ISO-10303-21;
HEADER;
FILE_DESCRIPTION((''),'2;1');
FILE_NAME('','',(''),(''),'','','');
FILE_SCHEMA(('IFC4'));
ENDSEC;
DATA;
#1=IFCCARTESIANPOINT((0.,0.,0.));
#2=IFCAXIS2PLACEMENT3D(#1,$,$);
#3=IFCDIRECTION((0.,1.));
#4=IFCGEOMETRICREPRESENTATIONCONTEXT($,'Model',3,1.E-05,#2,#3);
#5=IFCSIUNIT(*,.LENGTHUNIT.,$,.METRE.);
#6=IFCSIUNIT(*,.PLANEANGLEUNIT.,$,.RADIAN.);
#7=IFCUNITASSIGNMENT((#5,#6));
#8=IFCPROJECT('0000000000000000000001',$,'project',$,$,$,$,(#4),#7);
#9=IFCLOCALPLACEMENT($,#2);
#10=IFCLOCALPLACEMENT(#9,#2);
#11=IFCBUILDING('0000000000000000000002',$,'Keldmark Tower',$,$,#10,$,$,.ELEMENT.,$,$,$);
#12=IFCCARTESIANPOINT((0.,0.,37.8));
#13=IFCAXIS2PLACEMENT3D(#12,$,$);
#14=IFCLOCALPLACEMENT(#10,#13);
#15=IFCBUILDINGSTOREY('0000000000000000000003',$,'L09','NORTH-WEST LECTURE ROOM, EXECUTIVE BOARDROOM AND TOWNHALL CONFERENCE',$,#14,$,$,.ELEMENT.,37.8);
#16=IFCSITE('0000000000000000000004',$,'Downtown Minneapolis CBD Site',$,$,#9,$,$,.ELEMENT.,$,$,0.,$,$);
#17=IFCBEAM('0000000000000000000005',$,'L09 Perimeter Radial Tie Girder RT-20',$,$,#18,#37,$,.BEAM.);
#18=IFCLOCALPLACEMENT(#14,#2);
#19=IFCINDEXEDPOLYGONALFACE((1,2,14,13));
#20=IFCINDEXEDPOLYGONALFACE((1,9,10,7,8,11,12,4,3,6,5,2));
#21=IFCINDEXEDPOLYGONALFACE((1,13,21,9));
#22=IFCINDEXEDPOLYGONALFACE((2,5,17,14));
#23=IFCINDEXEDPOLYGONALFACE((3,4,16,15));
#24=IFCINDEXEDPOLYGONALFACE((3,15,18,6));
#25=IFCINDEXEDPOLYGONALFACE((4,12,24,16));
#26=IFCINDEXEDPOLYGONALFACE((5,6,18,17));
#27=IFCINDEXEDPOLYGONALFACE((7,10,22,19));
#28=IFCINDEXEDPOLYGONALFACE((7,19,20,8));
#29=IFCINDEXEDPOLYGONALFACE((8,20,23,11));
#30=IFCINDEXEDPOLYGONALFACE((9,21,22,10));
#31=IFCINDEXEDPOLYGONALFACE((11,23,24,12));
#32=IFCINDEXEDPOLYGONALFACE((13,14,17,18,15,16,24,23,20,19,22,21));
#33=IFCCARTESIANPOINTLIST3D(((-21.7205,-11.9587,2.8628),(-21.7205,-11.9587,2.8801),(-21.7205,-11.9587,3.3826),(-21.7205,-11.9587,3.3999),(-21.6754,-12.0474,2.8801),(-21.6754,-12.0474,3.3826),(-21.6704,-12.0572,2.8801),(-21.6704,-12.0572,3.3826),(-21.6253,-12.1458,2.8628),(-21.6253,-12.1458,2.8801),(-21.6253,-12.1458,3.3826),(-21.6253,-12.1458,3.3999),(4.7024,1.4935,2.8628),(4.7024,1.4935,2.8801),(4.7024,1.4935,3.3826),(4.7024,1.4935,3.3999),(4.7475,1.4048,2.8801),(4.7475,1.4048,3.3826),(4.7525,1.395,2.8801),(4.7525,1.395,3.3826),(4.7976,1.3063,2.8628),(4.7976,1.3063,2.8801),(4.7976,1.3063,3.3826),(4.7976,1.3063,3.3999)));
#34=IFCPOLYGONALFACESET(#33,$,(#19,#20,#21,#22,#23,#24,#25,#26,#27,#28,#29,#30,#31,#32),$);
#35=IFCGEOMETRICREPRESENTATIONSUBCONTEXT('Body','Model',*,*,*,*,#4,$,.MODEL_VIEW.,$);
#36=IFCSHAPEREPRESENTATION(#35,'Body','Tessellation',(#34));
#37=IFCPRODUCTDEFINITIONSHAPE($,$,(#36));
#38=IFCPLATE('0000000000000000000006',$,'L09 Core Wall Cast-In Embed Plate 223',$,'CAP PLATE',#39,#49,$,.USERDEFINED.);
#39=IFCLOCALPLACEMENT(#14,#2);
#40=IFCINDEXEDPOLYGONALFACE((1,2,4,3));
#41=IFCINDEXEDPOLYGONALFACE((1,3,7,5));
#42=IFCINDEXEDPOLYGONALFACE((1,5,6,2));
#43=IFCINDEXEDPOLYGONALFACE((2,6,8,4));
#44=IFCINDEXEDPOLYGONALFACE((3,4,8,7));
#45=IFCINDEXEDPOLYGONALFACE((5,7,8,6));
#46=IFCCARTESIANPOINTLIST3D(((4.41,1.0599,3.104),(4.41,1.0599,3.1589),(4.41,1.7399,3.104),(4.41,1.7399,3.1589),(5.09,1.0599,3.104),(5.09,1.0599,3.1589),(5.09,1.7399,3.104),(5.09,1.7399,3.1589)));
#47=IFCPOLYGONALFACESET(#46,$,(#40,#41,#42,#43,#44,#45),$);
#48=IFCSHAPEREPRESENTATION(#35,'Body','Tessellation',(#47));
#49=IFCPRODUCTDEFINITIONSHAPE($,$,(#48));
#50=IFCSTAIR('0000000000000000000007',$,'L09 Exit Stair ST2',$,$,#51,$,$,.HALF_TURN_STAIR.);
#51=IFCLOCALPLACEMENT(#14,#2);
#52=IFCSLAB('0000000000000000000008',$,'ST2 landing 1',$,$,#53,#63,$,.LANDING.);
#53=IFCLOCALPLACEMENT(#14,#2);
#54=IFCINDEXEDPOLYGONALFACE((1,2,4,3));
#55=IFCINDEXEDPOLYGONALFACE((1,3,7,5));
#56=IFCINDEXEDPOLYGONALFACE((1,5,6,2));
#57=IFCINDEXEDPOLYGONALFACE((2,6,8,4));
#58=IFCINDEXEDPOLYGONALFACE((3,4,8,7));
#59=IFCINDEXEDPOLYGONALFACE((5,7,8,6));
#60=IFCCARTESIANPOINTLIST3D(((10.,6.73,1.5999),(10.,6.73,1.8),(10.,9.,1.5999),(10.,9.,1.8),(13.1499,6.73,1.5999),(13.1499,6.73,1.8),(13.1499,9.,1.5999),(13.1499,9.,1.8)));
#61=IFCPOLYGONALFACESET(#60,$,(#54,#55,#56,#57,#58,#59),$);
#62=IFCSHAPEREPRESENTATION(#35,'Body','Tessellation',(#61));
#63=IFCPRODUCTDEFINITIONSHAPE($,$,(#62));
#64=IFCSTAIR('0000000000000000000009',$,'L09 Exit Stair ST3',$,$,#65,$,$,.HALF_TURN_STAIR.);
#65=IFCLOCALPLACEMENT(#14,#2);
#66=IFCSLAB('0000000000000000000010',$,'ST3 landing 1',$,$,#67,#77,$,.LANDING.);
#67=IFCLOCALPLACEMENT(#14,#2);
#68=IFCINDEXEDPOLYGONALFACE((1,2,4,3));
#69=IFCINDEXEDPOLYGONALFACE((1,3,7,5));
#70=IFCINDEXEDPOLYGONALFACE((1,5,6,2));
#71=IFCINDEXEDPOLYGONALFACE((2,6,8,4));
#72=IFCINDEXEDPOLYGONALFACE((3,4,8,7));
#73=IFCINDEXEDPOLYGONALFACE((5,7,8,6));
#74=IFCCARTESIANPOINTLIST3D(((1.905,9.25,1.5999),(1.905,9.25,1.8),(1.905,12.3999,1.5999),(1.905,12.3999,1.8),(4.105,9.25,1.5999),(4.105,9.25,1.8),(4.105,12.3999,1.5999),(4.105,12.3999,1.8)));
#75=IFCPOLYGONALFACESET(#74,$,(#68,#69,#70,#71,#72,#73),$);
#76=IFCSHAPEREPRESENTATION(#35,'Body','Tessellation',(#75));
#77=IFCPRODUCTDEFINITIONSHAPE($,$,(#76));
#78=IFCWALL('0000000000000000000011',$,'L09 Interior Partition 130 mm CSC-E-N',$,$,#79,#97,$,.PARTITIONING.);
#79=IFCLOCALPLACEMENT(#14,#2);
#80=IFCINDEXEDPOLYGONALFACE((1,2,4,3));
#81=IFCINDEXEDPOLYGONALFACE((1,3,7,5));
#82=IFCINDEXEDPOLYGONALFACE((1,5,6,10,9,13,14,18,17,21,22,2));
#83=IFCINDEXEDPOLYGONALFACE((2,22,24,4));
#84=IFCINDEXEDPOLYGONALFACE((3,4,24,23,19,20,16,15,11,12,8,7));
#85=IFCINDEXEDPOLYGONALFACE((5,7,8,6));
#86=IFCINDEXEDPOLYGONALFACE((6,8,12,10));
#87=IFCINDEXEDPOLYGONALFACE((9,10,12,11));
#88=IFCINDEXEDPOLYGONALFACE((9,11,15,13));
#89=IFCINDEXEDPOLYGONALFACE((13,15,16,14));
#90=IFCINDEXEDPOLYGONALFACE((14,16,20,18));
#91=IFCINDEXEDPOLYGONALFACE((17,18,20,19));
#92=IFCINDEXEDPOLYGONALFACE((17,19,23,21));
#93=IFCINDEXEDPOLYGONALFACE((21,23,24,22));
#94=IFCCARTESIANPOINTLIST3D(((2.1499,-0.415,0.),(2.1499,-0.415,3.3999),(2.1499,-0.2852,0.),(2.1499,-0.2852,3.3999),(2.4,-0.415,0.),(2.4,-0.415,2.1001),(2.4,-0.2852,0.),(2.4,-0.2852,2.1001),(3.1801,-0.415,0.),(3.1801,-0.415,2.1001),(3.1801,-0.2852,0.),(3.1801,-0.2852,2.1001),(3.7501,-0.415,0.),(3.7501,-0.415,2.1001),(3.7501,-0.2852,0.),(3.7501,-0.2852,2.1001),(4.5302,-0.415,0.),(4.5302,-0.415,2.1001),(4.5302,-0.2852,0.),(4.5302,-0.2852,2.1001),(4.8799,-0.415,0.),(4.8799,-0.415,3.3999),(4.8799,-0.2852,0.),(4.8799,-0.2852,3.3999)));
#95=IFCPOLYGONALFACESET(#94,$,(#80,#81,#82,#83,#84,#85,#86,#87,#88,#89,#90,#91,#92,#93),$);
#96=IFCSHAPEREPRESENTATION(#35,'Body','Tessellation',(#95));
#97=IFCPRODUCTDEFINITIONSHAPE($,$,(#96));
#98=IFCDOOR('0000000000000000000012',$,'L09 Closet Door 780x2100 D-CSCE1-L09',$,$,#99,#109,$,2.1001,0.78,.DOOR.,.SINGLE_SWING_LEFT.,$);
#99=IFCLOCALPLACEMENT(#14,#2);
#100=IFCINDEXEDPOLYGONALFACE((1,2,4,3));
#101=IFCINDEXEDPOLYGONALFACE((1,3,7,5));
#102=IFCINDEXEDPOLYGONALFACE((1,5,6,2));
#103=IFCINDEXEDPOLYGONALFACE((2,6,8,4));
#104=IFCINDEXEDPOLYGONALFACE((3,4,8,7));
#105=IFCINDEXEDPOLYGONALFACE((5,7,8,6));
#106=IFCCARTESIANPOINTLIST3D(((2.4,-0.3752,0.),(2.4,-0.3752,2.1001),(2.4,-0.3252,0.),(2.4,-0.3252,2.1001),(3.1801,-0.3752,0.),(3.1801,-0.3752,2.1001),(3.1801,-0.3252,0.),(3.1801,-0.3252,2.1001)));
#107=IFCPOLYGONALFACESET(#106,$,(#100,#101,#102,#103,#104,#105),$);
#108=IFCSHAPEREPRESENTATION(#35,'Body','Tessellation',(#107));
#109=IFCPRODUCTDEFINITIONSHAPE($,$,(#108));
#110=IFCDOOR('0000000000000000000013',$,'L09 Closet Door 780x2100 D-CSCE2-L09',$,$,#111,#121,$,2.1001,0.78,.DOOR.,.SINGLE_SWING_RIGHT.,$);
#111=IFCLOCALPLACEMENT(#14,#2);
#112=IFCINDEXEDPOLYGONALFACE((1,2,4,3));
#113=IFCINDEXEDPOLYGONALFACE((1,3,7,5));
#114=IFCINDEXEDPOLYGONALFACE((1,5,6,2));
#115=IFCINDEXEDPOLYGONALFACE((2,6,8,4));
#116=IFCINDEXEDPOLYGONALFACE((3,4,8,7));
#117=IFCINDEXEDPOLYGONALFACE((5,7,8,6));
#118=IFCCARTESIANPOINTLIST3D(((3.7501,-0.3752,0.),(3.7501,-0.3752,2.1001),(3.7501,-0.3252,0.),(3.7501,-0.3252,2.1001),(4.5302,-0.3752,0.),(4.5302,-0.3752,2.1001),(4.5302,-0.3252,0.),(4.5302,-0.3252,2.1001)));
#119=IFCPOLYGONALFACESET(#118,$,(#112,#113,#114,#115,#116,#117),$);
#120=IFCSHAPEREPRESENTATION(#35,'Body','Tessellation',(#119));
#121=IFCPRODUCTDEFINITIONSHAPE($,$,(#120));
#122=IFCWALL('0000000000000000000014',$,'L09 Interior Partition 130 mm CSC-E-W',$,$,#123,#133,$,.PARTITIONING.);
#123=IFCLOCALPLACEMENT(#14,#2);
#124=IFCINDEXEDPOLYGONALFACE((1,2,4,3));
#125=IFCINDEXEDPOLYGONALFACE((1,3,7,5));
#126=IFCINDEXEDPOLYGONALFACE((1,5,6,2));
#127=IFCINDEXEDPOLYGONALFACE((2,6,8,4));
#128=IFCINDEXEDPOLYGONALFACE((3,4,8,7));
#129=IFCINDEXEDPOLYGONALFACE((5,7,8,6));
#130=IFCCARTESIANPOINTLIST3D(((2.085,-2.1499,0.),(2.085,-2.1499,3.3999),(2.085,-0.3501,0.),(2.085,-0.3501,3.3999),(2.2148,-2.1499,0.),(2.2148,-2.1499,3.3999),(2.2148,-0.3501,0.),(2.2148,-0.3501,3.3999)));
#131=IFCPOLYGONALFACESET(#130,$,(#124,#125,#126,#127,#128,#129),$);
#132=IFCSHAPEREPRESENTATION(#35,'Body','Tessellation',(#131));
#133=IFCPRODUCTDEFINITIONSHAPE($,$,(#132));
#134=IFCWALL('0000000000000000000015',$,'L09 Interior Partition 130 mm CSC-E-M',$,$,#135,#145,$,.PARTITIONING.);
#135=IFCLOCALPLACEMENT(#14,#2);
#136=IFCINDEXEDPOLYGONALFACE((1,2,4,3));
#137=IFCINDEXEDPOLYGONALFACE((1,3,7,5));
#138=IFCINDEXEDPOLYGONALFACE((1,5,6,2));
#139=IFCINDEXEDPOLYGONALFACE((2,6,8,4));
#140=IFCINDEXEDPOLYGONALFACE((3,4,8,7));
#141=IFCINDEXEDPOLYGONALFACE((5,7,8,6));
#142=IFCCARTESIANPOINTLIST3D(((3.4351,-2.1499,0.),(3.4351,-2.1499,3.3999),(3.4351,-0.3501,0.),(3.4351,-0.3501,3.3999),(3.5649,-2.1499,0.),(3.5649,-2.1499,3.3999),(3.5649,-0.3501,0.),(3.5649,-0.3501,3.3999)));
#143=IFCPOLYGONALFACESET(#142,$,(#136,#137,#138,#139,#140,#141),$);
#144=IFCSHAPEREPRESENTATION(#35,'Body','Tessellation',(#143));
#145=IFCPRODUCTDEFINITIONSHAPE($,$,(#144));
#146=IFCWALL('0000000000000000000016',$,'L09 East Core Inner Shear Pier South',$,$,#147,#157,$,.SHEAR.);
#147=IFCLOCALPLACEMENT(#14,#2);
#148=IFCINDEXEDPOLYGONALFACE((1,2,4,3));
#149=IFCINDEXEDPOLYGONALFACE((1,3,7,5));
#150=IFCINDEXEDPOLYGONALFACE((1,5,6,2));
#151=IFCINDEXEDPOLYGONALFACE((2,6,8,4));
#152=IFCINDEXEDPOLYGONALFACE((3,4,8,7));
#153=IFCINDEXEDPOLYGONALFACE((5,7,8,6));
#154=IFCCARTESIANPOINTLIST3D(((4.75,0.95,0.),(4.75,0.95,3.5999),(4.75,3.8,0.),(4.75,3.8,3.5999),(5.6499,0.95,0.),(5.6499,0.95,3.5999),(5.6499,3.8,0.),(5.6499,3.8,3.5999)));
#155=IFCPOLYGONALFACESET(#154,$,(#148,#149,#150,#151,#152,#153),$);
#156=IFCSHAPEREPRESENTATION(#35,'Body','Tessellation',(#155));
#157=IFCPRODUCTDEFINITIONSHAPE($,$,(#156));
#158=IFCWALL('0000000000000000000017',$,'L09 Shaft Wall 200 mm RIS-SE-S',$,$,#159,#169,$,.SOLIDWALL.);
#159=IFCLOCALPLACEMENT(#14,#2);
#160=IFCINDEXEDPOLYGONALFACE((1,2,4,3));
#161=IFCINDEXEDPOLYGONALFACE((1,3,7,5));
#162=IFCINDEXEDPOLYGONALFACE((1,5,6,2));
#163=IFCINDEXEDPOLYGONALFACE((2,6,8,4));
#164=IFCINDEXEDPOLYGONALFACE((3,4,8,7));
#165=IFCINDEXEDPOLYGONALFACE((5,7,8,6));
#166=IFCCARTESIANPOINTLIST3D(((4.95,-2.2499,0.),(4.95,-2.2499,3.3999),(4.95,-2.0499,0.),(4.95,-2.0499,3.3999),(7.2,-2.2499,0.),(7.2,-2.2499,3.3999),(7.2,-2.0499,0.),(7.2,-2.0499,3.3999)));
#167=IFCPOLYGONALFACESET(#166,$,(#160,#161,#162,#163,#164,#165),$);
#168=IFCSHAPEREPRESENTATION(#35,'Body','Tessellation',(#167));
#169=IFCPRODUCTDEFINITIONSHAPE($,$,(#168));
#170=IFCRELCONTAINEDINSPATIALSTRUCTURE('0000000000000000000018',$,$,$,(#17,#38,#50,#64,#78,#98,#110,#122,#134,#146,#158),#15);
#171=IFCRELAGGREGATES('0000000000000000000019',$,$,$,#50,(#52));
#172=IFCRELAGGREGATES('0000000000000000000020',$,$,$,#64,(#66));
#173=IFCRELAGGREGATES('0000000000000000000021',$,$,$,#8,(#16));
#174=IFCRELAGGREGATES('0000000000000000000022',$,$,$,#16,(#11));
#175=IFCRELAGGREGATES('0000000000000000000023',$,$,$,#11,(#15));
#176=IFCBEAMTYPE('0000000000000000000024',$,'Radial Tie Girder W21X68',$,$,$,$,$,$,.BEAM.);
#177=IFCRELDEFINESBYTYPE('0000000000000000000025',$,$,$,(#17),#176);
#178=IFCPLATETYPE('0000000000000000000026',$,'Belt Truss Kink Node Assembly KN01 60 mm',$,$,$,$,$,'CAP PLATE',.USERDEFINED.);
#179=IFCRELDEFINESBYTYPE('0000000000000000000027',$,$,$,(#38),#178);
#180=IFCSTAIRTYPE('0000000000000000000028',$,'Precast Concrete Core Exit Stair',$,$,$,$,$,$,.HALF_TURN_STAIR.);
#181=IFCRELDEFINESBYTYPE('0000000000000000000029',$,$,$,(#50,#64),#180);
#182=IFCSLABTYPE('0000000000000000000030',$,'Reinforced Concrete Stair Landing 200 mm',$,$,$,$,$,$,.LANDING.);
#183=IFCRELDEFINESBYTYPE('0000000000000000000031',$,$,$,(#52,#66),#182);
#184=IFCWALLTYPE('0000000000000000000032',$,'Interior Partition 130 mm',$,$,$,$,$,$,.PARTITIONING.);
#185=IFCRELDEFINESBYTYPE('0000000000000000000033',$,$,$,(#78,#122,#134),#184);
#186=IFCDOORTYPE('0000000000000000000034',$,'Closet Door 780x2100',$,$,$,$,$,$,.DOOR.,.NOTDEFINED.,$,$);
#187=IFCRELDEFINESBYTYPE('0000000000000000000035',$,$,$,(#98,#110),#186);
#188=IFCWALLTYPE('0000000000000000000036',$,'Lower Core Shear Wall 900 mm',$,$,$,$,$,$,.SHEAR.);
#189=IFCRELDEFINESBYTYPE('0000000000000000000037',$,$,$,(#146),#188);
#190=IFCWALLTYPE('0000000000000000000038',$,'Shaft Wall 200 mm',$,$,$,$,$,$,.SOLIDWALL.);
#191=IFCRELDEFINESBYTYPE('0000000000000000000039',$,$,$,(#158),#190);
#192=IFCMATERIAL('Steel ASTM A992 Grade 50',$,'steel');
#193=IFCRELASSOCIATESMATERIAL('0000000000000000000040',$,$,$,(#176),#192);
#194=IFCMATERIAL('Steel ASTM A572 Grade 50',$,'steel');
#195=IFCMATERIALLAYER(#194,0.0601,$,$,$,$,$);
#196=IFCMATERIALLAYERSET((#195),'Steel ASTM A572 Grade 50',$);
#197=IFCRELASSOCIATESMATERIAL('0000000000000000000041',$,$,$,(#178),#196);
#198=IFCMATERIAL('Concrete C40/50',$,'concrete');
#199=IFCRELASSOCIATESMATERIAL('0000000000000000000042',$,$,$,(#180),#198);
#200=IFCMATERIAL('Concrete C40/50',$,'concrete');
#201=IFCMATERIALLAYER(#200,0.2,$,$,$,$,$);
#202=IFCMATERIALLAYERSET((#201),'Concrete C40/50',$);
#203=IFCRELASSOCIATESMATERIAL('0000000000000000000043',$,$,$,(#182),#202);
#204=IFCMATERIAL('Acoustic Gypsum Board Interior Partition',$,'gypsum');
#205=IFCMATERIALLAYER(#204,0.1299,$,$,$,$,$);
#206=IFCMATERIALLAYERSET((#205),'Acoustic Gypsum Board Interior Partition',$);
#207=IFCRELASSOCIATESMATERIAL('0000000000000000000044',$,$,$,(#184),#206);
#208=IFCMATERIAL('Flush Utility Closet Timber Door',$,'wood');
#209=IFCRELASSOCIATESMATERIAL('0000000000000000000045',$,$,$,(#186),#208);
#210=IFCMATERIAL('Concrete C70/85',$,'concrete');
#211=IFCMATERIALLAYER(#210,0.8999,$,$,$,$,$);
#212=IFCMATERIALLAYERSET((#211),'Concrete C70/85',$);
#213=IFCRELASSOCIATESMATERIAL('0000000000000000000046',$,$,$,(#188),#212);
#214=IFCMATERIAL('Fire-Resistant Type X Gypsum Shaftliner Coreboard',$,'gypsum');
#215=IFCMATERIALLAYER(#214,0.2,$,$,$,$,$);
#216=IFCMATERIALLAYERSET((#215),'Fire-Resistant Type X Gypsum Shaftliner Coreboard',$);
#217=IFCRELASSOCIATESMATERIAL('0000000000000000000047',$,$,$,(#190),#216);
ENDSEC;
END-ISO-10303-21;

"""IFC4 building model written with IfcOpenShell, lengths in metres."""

from ifc_helpers import new_model, si_unit, direction, frame, frame_2d, origin, origin_2d, place, context, subcontext, project, spatial, polyline, rectangle, i_section, outline, extrude, material, layer, layer_set, material_profile, profile_set, type_object, element, fill, aggregate, save


model = new_model("IFC4")

# Units and contexts
model_context = context("Model", 3, precision=1e-05, world=origin(), true_north=direction((0.0, 1.0)))
body_context = subcontext(model_context, "Body", "Model", "MODEL_VIEW")
ifc_project = project(units=[si_unit("LENGTHUNIT", "METRE"), si_unit("PLANEANGLEUNIT", "RADIAN")], contexts=[model_context])

# Site, building, storey
site_placement = place(None, origin())
site = spatial("IfcSite", under=ifc_project, at=site_placement, Name="Downtown Minneapolis CBD Site", CompositionType="ELEMENT", RefElevation=0.0)
building_placement = place(site_placement, origin())
building = spatial("IfcBuilding", under=site, at=building_placement, Name="Keldmark Tower", CompositionType="ELEMENT")
storey_placement = place(building_placement, frame((0.0, 0.0, 37.8)))
storey = spatial("IfcBuildingStorey", under=building, at=storey_placement, Name="L09", Description="NORTH-WEST LECTURE ROOM, EXECUTIVE BOARDROOM AND TOWNHALL CONFERENCE", CompositionType="ELEMENT", Elevation=37.8)

# Beam
ifc_material_1 = material(Name="Steel ASTM A992 Grade 50", Category="steel")
ifc_material_profile = material_profile(ifc_material_1, i_section(OverallWidth=0.21, OverallDepth=0.5371, WebThickness=0.011, FlangeThickness=0.0173, at=origin_2d()), Name="W21X68")
ifc_profile_set = profile_set([ifc_material_profile], Name="Steel ASTM A992 Grade 50")
beam_type = type_object("IfcBeamType", Name="Radial Tie Girder W21X68", PredefinedType="BEAM", material=ifc_profile_set)
beam_placement = place(storey_placement, frame((4.75, 1.3999, 3.1313), z_axis=(-0.891156, -0.453697, 0.0), x_axis=(0.453697, -0.891156, 0.0)))
element("IfcBeam", 1, at=beam_placement, inside=storey, type_object=beam_type, Name="L09 Perimeter Radial Tie Girder RT-20", PredefinedType="BEAM", context=body_context, shape_type="SweptSolid", body=[
    extrude(i_section(OverallWidth=0.21, OverallDepth=0.5371, WebThickness=0.011, FlangeThickness=0.0173, at=origin_2d()), origin(), (0.0, 0.0, 1.0), 29.6501),
])

# Plate
ifc_material_2 = material(Name="Steel ASTM A572 Grade 50", Category="steel")
ifc_layer_1 = layer(ifc_material_2, 0.0601)
ifc_layer_set_1 = layer_set([ifc_layer_1], Name="Steel ASTM A572 Grade 50")
plate_type = type_object("IfcPlateType", Name="Belt Truss Kink Node Assembly KN01 60 mm", ElementType="CAP PLATE", PredefinedType="USERDEFINED", material=ifc_layer_set_1)
plate_placement = place(storey_placement, frame((4.75, 1.3999, 3.104), z_axis=(0.0, 0.0, 1.0), x_axis=(1.0, 0.0, 0.0)))
element("IfcPlate", 2, at=plate_placement, inside=storey, type_object=plate_type, Name="L09 Core Wall Cast-In Embed Plate 223", ObjectType="CAP PLATE", PredefinedType="USERDEFINED", context=body_context, shape_type="SweptSolid", body=[
    extrude(rectangle(XDim=0.6799, YDim=0.6799, at=origin_2d()), origin(), (0.0, 0.0, 1.0), 0.0549),
])

# Stairs, slabs
ifc_material_3 = material(Name="Concrete C40/50", Category="concrete")
stair_type = type_object("IfcStairType", Name="Precast Concrete Core Exit Stair", PredefinedType="HALF_TURN_STAIR", material=ifc_material_3)
stair_1_placement = place(storey_placement, origin())
stair_1 = element("IfcStair", 3, at=stair_1_placement, inside=storey, type_object=stair_type, Name="L09 Exit Stair ST2", PredefinedType="HALF_TURN_STAIR")
ifc_material_4 = material(Name="Concrete C40/50", Category="concrete")
ifc_layer_2 = layer(ifc_material_4, 0.2)
ifc_layer_set_2 = layer_set([ifc_layer_2], Name="Concrete C40/50")
slab_type = type_object("IfcSlabType", Name="Reinforced Concrete Stair Landing 200 mm", PredefinedType="LANDING", material=ifc_layer_set_2)
slab_1_placement = place(storey_placement, frame((0.0, 0.0, 1.5999)))
slab_1 = element("IfcSlab", 4, at=slab_1_placement, type_object=slab_type, Name="ST2 landing 1", PredefinedType="LANDING", context=body_context, shape_type="SweptSolid", body=[
    extrude(outline(polyline([(13.1499, 6.73), (13.1499, 9.0), (10.0, 9.0), (10.0, 6.73), (13.1499, 6.73)])), origin(), (0.0, 0.0, 1.0), 0.2002),
])
aggregate(stair_1, [slab_1])
stair_2_placement = place(storey_placement, origin())
stair_2 = element("IfcStair", 5, at=stair_2_placement, inside=storey, type_object=stair_type, Name="L09 Exit Stair ST3", PredefinedType="HALF_TURN_STAIR")
slab_2_placement = place(storey_placement, frame((0.0, 0.0, 1.5999)))
slab_2 = element("IfcSlab", 6, at=slab_2_placement, type_object=slab_type, Name="ST3 landing 1", PredefinedType="LANDING", context=body_context, shape_type="SweptSolid", body=[
    extrude(outline(polyline([(1.905, 9.25), (4.105, 9.25), (4.105, 12.3999), (1.905, 12.3999), (1.905, 9.25)])), origin(), (0.0, 0.0, 1.0), 0.2002),
])
aggregate(stair_2, [slab_2])

# Wall, openings, doors
ifc_material_5 = material(Name="Acoustic Gypsum Board Interior Partition", Category="gypsum")
ifc_layer_3 = layer(ifc_material_5, 0.1299)
ifc_layer_set_3 = layer_set([ifc_layer_3], Name="Acoustic Gypsum Board Interior Partition")
wall_type_1 = type_object("IfcWallType", Name="Interior Partition 130 mm", PredefinedType="PARTITIONING", material=ifc_layer_set_3)
wall_1_placement = place(storey_placement, frame((2.1499, -0.3501, 0.0), z_axis=(0.0, 0.0, 1.0), x_axis=(1.0, 0.0, 0.0)))
wall_1 = element("IfcWall", 7, at=wall_1_placement, inside=storey, type_object=wall_type_1, Name="L09 Interior Partition 130 mm CSC-E-N", PredefinedType="PARTITIONING", context=body_context, shape_type="SweptSolid", body=[
    extrude(rectangle(XDim=2.73, YDim=0.1299, at=frame_2d((1.365, 0.0))), origin(), (0.0, 0.0, 1.0), 3.3999),
])
opening_1_placement = place(wall_1_placement, frame((0.25, 0.0, 0.0)))
opening_1 = element("IfcOpeningElement", 8, at=opening_1_placement, cuts=wall_1, PredefinedType="OPENING", context=body_context, shape_type="SweptSolid", body=[
    extrude(rectangle(XDim=0.78, YDim=2.1001, at=frame_2d((0.3901, 1.05))), frame((0.0, 0.075, 0.0), z_axis=(0.0, -1.0, 0.0), x_axis=(1.0, 0.0, 0.0)), (0.0, 0.0, 1.0), 0.1499),
])
opening_2_placement = place(wall_1_placement, frame((1.6001, 0.0, 0.0)))
opening_2 = element("IfcOpeningElement", 9, at=opening_2_placement, cuts=wall_1, PredefinedType="OPENING", context=body_context, shape_type="SweptSolid", body=[
    extrude(rectangle(XDim=0.78, YDim=2.1001, at=frame_2d((0.3901, 1.05))), frame((0.0, 0.075, 0.0), z_axis=(0.0, -1.0, 0.0), x_axis=(1.0, 0.0, 0.0)), (0.0, 0.0, 1.0), 0.1499),
])
ifc_material_6 = material(Name="Flush Utility Closet Timber Door", Category="wood")
door_type_1 = type_object("IfcDoorType", Name="Closet Door 780x2100", OperationType="NOTDEFINED", PredefinedType="DOOR", material=ifc_material_6)
door_1_placement = place(opening_1_placement, origin())
door_1 = element("IfcDoor", 10, at=door_1_placement, inside=storey, type_object=door_type_1, Name="L09 Closet Door 780x2100 D-CSCE1-L09", OperationType="SINGLE_SWING_LEFT", OverallHeight=2.1001, OverallWidth=0.78, PredefinedType="DOOR", context=body_context, shape_type="SweptSolid", body=[
    extrude(rectangle(XDim=0.78, YDim=2.1001, at=frame_2d((0.3901, 1.05))), frame((0.0, 0.0249, 0.0), z_axis=(0.0, -1.0, 0.0), x_axis=(1.0, 0.0, 0.0)), (0.0, 0.0, 1.0), 0.05),
])
fill(opening_1, door_1)
door_2_placement = place(opening_2_placement, origin())
door_2 = element("IfcDoor", 11, at=door_2_placement, inside=storey, type_object=door_type_1, Name="L09 Closet Door 780x2100 D-CSCE2-L09", OperationType="SINGLE_SWING_RIGHT", OverallHeight=2.1001, OverallWidth=0.78, PredefinedType="DOOR", context=body_context, shape_type="SweptSolid", body=[
    extrude(rectangle(XDim=0.78, YDim=2.1001, at=frame_2d((0.3901, 1.05))), frame((0.0, 0.0249, 0.0), z_axis=(0.0, -1.0, 0.0), x_axis=(1.0, 0.0, 0.0)), (0.0, 0.0, 1.0), 0.05),
])
fill(opening_2, door_2)

# Walls
for number, where, z_axis, x_axis, name in (
    (12, (2.1499, -2.1499, 0.0), (0.0, 0.0, 1.0), (0.0, 1.0, 0.0), "L09 Interior Partition 130 mm CSC-E-W"),
    (13, (3.5, -2.1499, 0.0), (0.0, 0.0, 1.0), (0.0, 1.0, 0.0), "L09 Interior Partition 130 mm CSC-E-M"),
):
    element("IfcWall", number, at=place(storey_placement, frame(where, z_axis=z_axis, x_axis=x_axis)), inside=storey, type_object=wall_type_1, Name=name, PredefinedType="PARTITIONING", context=body_context, shape_type="SweptSolid", body=[
        extrude(rectangle(XDim=1.7998, YDim=0.1299, at=frame_2d((0.8999, 0.0))), origin(), (0.0, 0.0, 1.0), 3.3999),
    ])
ifc_material_7 = material(Name="Concrete C70/85", Category="concrete")
ifc_layer_4 = layer(ifc_material_7, 0.8999)
ifc_layer_set_4 = layer_set([ifc_layer_4], Name="Concrete C70/85")
wall_type_2 = type_object("IfcWallType", Name="Lower Core Shear Wall 900 mm", PredefinedType="SHEAR", material=ifc_layer_set_4)
wall_2_placement = place(storey_placement, frame((5.2, 0.95, 0.0), z_axis=(0.0, 0.0, 1.0), x_axis=(0.0, 1.0, 0.0)))
element("IfcWall", 14, at=wall_2_placement, inside=storey, type_object=wall_type_2, Name="L09 East Core Inner Shear Pier South", PredefinedType="SHEAR", context=body_context, shape_type="SweptSolid", body=[
    extrude(rectangle(XDim=2.8501, YDim=0.8999, at=frame_2d((1.425, 0.0))), origin(), (0.0, 0.0, 1.0), 3.5999),
])
ifc_material_8 = material(Name="Fire-Resistant Type X Gypsum Shaftliner Coreboard", Category="gypsum")
ifc_layer_5 = layer(ifc_material_8, 0.2)
ifc_layer_set_5 = layer_set([ifc_layer_5], Name="Fire-Resistant Type X Gypsum Shaftliner Coreboard")
wall_type_3 = type_object("IfcWallType", Name="Shaft Wall 200 mm", PredefinedType="SOLIDWALL", material=ifc_layer_set_5)
wall_3_placement = place(storey_placement, frame((4.95, -2.1499, 0.0), z_axis=(0.0, 0.0, 1.0), x_axis=(1.0, 0.0, 0.0)))
element("IfcWall", 15, at=wall_3_placement, inside=storey, type_object=wall_type_3, Name="L09 Shaft Wall 200 mm RIS-SE-S", PredefinedType="SOLIDWALL", context=body_context, shape_type="SweptSolid", body=[
    extrude(rectangle(XDim=2.25, YDim=0.2, at=frame_2d((1.125, 0.0))), origin(), (0.0, 0.0, 1.0), 3.3999),
])

save(model, "model.ifc")
